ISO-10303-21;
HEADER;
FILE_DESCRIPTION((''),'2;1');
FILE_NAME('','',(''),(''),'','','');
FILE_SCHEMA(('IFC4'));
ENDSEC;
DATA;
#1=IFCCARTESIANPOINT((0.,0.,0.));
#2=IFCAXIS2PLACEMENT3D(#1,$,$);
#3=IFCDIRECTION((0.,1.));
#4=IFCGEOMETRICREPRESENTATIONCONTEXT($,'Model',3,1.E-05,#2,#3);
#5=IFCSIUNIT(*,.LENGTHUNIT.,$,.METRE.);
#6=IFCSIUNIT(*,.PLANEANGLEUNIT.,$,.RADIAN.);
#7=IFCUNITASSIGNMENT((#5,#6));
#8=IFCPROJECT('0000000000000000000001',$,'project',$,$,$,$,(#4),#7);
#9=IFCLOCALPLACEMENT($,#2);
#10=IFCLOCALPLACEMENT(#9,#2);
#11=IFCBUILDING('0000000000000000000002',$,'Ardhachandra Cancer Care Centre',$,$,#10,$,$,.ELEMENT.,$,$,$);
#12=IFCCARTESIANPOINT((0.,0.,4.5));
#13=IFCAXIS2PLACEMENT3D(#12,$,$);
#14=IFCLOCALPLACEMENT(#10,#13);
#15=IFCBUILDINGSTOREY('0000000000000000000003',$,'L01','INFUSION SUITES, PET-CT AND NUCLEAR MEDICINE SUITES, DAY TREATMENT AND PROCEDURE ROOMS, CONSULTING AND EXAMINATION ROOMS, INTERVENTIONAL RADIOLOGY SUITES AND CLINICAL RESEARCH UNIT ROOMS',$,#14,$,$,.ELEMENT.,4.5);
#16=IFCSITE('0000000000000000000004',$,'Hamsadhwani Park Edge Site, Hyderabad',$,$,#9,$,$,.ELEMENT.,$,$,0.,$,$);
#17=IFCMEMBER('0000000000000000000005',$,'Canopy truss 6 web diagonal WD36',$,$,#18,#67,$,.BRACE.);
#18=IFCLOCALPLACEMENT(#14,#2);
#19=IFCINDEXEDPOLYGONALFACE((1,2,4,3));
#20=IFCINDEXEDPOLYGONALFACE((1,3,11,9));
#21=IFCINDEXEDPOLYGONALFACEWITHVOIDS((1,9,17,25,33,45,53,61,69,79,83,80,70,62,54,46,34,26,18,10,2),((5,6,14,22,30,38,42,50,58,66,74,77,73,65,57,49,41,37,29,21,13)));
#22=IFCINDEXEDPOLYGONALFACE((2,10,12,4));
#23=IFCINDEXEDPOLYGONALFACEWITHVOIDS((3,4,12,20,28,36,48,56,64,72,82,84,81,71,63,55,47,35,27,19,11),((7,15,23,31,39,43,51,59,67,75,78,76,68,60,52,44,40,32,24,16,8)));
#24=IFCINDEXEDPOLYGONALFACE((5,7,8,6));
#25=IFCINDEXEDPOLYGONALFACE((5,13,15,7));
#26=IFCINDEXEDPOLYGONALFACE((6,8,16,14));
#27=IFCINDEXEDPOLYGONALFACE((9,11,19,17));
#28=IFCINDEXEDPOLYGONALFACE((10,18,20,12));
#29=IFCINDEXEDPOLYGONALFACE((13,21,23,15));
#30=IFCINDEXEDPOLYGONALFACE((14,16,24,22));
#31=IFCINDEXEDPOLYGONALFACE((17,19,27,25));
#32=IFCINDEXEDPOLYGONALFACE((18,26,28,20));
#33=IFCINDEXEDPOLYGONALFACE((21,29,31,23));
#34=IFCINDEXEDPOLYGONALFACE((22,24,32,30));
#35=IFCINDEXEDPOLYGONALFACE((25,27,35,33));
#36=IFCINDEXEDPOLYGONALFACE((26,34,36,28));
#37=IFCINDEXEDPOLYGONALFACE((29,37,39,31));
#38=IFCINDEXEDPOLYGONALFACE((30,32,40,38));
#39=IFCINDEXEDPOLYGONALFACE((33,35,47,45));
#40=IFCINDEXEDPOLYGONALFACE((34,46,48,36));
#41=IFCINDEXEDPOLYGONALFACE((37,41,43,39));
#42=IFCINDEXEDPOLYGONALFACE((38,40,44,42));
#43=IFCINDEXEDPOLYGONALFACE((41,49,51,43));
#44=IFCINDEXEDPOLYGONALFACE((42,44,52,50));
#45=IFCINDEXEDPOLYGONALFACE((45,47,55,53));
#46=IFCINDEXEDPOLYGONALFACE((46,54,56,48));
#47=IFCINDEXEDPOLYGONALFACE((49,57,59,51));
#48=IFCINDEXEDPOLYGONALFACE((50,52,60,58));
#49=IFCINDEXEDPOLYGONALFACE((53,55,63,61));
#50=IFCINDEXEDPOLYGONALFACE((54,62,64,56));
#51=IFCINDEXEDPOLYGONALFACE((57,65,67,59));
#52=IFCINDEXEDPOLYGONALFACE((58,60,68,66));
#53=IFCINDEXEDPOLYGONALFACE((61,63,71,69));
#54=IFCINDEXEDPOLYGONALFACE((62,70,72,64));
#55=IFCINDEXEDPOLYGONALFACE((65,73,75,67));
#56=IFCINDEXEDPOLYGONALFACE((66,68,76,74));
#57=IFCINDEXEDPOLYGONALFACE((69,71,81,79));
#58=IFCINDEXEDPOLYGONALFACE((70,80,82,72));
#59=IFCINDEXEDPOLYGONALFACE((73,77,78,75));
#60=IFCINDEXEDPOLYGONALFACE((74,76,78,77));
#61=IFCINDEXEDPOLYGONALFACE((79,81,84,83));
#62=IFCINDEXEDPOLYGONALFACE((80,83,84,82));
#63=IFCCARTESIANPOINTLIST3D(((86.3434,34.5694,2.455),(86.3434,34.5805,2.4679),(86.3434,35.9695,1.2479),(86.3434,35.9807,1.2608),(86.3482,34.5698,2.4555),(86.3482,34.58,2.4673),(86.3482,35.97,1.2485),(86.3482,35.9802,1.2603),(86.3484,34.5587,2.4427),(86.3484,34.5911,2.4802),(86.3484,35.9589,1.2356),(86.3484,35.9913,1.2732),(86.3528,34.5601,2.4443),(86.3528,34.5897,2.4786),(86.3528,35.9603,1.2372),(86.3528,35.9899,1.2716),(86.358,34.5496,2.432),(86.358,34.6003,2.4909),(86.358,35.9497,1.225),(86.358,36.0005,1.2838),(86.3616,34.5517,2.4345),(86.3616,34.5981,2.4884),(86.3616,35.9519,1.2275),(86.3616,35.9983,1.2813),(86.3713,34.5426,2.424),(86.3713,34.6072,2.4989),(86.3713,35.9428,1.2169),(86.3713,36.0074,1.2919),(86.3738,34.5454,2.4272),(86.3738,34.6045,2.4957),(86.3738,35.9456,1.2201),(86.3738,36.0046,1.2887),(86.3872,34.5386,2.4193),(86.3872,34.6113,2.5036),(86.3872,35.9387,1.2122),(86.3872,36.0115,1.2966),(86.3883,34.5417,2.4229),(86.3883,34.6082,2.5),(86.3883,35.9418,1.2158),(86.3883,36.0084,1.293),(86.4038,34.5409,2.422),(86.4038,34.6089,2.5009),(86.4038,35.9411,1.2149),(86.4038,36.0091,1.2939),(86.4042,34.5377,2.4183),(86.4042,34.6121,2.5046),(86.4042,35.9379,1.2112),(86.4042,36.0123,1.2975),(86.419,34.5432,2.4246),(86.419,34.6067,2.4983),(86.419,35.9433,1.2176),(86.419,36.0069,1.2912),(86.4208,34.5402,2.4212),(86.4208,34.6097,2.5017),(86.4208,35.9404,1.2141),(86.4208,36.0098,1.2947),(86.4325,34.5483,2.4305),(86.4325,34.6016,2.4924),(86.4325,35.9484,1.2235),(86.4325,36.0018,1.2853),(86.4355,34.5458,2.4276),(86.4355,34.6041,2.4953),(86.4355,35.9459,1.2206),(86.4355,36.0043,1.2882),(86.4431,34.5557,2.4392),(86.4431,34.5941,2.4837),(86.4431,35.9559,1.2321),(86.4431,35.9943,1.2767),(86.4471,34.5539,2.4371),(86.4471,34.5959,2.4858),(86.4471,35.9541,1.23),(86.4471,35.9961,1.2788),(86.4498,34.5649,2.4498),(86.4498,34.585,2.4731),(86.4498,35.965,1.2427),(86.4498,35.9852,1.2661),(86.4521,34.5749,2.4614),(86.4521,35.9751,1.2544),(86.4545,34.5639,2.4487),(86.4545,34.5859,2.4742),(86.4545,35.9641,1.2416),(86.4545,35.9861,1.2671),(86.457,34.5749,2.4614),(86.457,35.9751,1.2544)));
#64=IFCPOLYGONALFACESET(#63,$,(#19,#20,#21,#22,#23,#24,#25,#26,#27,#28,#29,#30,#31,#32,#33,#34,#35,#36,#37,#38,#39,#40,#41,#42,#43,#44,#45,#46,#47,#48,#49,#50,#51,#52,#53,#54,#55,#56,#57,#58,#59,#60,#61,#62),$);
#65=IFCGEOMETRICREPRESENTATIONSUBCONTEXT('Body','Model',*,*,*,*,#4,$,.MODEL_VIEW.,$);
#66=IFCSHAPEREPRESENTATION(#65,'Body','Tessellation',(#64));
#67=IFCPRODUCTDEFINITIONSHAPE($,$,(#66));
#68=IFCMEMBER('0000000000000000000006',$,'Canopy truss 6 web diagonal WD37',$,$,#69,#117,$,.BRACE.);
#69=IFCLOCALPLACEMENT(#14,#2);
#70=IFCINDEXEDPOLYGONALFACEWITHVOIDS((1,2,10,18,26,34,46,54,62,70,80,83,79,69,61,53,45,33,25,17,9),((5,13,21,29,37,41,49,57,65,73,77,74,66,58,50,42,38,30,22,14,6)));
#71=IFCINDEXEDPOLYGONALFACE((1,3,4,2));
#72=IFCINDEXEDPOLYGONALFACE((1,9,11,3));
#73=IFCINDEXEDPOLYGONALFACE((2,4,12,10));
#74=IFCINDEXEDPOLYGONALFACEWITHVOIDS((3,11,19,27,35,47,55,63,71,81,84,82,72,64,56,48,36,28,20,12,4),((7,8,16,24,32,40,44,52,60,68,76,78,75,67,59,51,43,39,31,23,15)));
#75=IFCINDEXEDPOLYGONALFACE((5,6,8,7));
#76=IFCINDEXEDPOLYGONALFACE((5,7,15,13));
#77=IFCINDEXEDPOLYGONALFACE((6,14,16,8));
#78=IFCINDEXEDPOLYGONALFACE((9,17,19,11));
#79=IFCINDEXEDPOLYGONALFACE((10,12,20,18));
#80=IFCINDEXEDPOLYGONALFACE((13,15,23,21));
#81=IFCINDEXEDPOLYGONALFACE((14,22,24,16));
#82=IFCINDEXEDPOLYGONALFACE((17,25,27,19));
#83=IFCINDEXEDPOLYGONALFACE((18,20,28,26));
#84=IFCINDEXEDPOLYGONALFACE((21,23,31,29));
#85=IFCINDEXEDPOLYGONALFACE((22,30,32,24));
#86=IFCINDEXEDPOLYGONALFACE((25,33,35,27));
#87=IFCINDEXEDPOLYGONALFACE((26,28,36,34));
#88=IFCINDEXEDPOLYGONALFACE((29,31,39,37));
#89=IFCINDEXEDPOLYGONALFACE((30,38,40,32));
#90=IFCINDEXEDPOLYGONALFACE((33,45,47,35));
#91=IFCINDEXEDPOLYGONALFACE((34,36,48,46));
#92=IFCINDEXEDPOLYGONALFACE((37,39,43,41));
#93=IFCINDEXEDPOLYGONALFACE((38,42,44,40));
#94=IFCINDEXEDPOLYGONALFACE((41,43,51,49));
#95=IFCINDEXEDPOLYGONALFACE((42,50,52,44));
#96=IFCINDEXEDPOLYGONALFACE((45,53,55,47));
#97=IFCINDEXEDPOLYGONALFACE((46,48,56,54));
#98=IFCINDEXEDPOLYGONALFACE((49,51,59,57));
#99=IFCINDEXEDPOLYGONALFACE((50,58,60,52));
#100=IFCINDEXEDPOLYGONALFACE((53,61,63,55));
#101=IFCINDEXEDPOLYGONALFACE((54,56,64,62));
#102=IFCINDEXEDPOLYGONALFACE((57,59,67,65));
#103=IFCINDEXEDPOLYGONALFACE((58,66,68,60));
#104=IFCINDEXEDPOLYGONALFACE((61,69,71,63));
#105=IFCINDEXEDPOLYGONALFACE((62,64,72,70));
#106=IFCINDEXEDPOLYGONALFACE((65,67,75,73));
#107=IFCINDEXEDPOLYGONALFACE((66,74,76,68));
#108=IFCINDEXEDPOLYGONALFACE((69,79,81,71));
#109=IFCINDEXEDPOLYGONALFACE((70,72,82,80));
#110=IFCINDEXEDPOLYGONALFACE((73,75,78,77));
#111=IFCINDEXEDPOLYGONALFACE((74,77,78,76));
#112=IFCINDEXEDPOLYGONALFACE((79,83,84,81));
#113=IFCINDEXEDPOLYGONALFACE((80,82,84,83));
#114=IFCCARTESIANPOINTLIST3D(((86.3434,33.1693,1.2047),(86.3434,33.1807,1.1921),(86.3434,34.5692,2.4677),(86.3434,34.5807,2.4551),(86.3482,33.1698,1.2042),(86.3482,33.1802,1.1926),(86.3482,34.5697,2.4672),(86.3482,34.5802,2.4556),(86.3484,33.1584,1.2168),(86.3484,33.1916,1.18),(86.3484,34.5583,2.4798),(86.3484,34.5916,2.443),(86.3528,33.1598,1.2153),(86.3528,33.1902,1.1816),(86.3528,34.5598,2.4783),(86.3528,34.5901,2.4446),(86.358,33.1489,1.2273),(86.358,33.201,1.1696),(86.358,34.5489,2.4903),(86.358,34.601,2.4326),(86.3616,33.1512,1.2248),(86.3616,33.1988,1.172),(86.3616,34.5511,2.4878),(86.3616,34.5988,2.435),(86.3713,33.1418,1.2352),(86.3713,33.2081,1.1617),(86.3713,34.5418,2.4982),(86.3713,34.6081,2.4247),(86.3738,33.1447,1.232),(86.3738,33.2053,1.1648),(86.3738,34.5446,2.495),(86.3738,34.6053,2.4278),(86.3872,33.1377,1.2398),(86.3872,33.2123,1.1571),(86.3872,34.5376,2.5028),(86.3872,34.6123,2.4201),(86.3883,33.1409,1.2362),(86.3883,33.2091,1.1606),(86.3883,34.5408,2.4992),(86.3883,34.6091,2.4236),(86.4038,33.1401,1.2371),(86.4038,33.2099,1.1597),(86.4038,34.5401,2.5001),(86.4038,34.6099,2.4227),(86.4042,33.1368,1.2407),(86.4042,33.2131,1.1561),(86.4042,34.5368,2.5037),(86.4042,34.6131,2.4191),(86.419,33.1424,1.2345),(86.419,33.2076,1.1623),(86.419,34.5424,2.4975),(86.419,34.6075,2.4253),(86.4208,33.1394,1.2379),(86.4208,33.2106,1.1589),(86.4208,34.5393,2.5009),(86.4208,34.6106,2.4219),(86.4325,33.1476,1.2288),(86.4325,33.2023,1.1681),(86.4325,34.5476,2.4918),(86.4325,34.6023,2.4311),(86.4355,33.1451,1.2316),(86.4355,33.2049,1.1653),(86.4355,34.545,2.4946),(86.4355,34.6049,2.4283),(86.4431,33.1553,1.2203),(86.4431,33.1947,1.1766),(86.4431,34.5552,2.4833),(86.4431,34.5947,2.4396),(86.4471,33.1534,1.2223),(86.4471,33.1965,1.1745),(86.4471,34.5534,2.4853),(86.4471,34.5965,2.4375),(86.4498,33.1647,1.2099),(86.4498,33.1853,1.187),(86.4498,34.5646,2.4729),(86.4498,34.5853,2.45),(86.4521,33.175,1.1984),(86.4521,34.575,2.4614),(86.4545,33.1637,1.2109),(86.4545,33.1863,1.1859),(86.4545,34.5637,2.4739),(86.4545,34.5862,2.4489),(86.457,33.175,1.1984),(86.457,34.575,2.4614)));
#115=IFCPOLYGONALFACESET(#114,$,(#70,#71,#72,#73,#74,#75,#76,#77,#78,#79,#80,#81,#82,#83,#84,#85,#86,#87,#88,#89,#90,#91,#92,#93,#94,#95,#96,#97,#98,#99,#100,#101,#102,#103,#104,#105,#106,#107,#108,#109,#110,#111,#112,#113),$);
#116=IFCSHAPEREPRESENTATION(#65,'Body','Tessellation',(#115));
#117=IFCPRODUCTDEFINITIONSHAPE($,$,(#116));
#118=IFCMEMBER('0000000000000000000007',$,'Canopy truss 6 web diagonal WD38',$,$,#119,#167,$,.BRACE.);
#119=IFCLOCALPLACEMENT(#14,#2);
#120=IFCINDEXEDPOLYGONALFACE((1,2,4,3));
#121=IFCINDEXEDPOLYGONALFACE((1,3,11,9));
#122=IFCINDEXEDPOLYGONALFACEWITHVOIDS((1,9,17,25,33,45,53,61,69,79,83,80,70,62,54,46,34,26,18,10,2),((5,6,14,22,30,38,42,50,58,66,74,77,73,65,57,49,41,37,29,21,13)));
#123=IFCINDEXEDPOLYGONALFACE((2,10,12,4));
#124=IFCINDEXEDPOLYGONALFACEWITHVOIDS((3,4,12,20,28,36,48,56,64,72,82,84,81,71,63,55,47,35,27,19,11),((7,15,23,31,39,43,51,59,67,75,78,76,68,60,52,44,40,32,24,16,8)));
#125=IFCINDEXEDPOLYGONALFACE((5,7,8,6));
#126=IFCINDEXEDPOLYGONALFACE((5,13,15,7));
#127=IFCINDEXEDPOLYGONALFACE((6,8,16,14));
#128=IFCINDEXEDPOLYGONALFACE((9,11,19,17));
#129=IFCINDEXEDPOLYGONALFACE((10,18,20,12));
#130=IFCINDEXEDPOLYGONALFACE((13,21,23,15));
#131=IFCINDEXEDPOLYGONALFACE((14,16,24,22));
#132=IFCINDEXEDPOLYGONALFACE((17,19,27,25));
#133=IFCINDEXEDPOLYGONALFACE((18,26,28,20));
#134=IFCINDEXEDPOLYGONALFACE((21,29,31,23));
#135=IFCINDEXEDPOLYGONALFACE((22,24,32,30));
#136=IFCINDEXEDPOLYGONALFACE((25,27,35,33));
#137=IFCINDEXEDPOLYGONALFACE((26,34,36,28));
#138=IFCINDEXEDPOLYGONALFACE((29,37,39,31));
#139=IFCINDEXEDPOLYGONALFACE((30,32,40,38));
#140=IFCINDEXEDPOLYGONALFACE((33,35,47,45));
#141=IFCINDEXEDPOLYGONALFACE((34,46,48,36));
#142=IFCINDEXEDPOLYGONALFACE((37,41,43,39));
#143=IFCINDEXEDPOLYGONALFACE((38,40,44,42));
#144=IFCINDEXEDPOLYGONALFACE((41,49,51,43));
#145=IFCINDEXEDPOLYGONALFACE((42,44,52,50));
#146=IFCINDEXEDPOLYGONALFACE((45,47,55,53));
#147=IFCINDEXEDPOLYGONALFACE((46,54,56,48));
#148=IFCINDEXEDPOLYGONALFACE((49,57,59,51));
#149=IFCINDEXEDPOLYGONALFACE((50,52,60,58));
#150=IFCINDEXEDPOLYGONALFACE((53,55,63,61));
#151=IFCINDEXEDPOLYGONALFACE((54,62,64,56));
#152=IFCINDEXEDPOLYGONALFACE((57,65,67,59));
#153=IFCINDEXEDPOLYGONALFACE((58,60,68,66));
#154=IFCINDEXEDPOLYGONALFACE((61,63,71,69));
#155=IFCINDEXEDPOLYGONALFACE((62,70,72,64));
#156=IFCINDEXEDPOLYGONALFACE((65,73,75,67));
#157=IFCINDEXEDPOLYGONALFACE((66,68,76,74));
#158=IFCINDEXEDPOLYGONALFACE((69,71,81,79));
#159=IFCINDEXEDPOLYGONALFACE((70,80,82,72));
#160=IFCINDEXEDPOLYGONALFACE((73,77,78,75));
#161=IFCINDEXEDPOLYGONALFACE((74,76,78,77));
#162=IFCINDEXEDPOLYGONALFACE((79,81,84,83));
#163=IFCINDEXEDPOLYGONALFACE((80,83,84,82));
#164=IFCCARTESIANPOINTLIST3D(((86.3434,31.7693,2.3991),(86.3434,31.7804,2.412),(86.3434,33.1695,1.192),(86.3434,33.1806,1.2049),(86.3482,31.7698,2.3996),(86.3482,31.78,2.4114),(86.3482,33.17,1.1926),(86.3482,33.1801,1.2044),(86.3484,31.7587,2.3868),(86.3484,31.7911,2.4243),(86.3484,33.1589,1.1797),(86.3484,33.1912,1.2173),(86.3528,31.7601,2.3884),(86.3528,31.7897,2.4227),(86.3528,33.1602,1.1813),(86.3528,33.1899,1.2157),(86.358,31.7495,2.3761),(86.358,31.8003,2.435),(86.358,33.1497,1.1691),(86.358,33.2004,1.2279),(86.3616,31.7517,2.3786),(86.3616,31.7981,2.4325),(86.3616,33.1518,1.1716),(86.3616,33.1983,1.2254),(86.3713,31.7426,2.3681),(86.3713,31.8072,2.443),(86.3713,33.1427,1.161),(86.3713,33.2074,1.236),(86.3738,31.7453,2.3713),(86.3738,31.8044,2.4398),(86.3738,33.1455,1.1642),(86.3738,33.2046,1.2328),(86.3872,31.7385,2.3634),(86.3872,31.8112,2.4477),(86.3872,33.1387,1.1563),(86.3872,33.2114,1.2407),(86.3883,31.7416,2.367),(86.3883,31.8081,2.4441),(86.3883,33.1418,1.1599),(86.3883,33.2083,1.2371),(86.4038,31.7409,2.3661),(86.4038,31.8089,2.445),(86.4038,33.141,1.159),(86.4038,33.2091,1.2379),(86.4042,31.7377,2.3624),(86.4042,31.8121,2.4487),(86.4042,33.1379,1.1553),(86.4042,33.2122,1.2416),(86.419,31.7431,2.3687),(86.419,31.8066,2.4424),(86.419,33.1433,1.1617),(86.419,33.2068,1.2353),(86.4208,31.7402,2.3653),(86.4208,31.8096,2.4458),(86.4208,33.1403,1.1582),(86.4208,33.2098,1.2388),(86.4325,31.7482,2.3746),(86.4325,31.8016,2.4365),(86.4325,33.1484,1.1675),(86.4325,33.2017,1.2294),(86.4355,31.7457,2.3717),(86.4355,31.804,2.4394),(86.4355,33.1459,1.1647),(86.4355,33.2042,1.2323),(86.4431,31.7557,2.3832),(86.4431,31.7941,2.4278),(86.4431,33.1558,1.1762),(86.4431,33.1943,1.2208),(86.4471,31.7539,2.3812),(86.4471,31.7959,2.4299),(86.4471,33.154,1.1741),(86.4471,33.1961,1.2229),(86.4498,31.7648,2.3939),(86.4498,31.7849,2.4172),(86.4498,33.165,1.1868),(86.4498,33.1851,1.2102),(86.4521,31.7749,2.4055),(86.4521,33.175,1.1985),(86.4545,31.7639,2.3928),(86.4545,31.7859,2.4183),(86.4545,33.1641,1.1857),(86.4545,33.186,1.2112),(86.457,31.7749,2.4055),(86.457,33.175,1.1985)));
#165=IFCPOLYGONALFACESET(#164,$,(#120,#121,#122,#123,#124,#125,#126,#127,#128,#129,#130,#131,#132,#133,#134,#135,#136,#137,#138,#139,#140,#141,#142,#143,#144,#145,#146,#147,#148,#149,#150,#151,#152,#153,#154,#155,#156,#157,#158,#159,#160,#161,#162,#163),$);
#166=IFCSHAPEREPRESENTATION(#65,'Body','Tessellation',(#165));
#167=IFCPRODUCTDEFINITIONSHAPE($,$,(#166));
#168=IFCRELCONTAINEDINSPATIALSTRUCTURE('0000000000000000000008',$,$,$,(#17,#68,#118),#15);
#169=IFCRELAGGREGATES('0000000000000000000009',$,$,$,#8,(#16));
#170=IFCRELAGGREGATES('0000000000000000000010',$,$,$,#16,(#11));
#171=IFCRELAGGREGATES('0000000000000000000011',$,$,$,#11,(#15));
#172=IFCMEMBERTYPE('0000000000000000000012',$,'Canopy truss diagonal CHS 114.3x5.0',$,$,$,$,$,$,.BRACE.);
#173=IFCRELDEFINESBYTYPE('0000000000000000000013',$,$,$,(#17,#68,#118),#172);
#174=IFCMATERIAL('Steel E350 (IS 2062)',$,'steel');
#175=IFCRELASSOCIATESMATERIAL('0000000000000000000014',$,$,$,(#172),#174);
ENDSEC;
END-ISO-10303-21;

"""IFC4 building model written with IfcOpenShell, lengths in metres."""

from ifc_helpers import new_model, si_unit, direction, frame, origin, origin_2d, place, context, subcontext, project, spatial, hollow_circle, extrude, material, material_profile, profile_set, type_object, element, save


model = new_model("IFC4")

# Units and contexts
model_context = context("Model", 3, precision=1e-05, world=origin(), true_north=direction((0.0, 1.0)))
body_context = subcontext(model_context, "Body", "Model", "MODEL_VIEW")
ifc_project = project(units=[si_unit("LENGTHUNIT", "METRE"), si_unit("PLANEANGLEUNIT", "RADIAN")], contexts=[model_context])

# Site, building, storey
site_placement = place(None, origin())
site = spatial("IfcSite", under=ifc_project, at=site_placement, Name="Hamsadhwani Park Edge Site, Hyderabad", CompositionType="ELEMENT", RefElevation=0.0)
building_placement = place(site_placement, origin())
building = spatial("IfcBuilding", under=site, at=building_placement, Name="Ardhachandra Cancer Care Centre", CompositionType="ELEMENT")
storey_placement = place(building_placement, frame((0.0, 0.0, 4.5)))
storey = spatial("IfcBuildingStorey", under=building, at=storey_placement, Name="L01", Description="INFUSION SUITES, PET-CT AND NUCLEAR MEDICINE SUITES, DAY TREATMENT AND PROCEDURE ROOMS, CONSULTING AND EXAMINATION ROOMS, INTERVENTIONAL RADIOLOGY SUITES AND CLINICAL RESEARCH UNIT ROOMS", CompositionType="ELEMENT", Elevation=4.5)

# Members
ifc_material_1 = material(Name="Steel E350 (IS 2062)", Category="steel")
ifc_material_profile_1 = material_profile(ifc_material_1, hollow_circle(Radius=0.0571, WallThickness=0.0049, at=origin_2d()), Name="CHS 114.3x5.0")
ifc_profile_set_1 = profile_set([ifc_material_profile_1], Name="Steel E350 (IS 2062)")
member_type_1 = type_object("IfcMemberType", Name="Canopy truss diagonal CHS 114.3x5.0", PredefinedType="BRACE", material=ifc_profile_set_1)
member_1_placement = place(storey_placement, frame((86.3999, 35.9751, 1.2544), z_axis=(0.0, -0.757408, 0.652942), x_axis=(1.0, 0.0, 0.0)))
element("IfcMember", 1, at=member_1_placement, inside=storey, type_object=member_type_1, Name="Canopy truss 6 web diagonal WD36", PredefinedType="BRACE", context=body_context, shape_type="SweptSolid", body=[
    extrude(hollow_circle(Radius=0.0571, WallThickness=0.0049, at=origin_2d()), origin(), (0.0, 0.0, 1.0), 1.8486),
])
member_2_placement = place(storey_placement, frame((86.3999, 34.575, 2.4614), z_axis=(0.0, -0.742495, -0.669851), x_axis=(1.0, 0.0, 0.0)))
element("IfcMember", 2, at=member_2_placement, inside=storey, type_object=member_type_1, Name="Canopy truss 6 web diagonal WD37", PredefinedType="BRACE", context=body_context, shape_type="SweptSolid", body=[
    extrude(hollow_circle(Radius=0.0571, WallThickness=0.0049, at=origin_2d()), origin(), (0.0, 0.0, 1.0), 1.8855),
])
member_3_placement = place(storey_placement, frame((86.3999, 33.175, 1.1985), z_axis=(0.0, -0.757408, 0.652942), x_axis=(1.0, 0.0, 0.0)))
element("IfcMember", 3, at=member_3_placement, inside=storey, type_object=member_type_1, Name="Canopy truss 6 web diagonal WD38", PredefinedType="BRACE", context=body_context, shape_type="SweptSolid", body=[
    extrude(hollow_circle(Radius=0.0571, WallThickness=0.0049, at=origin_2d()), origin(), (0.0, 0.0, 1.0), 1.8486),
])

save(model, "model.ifc")
